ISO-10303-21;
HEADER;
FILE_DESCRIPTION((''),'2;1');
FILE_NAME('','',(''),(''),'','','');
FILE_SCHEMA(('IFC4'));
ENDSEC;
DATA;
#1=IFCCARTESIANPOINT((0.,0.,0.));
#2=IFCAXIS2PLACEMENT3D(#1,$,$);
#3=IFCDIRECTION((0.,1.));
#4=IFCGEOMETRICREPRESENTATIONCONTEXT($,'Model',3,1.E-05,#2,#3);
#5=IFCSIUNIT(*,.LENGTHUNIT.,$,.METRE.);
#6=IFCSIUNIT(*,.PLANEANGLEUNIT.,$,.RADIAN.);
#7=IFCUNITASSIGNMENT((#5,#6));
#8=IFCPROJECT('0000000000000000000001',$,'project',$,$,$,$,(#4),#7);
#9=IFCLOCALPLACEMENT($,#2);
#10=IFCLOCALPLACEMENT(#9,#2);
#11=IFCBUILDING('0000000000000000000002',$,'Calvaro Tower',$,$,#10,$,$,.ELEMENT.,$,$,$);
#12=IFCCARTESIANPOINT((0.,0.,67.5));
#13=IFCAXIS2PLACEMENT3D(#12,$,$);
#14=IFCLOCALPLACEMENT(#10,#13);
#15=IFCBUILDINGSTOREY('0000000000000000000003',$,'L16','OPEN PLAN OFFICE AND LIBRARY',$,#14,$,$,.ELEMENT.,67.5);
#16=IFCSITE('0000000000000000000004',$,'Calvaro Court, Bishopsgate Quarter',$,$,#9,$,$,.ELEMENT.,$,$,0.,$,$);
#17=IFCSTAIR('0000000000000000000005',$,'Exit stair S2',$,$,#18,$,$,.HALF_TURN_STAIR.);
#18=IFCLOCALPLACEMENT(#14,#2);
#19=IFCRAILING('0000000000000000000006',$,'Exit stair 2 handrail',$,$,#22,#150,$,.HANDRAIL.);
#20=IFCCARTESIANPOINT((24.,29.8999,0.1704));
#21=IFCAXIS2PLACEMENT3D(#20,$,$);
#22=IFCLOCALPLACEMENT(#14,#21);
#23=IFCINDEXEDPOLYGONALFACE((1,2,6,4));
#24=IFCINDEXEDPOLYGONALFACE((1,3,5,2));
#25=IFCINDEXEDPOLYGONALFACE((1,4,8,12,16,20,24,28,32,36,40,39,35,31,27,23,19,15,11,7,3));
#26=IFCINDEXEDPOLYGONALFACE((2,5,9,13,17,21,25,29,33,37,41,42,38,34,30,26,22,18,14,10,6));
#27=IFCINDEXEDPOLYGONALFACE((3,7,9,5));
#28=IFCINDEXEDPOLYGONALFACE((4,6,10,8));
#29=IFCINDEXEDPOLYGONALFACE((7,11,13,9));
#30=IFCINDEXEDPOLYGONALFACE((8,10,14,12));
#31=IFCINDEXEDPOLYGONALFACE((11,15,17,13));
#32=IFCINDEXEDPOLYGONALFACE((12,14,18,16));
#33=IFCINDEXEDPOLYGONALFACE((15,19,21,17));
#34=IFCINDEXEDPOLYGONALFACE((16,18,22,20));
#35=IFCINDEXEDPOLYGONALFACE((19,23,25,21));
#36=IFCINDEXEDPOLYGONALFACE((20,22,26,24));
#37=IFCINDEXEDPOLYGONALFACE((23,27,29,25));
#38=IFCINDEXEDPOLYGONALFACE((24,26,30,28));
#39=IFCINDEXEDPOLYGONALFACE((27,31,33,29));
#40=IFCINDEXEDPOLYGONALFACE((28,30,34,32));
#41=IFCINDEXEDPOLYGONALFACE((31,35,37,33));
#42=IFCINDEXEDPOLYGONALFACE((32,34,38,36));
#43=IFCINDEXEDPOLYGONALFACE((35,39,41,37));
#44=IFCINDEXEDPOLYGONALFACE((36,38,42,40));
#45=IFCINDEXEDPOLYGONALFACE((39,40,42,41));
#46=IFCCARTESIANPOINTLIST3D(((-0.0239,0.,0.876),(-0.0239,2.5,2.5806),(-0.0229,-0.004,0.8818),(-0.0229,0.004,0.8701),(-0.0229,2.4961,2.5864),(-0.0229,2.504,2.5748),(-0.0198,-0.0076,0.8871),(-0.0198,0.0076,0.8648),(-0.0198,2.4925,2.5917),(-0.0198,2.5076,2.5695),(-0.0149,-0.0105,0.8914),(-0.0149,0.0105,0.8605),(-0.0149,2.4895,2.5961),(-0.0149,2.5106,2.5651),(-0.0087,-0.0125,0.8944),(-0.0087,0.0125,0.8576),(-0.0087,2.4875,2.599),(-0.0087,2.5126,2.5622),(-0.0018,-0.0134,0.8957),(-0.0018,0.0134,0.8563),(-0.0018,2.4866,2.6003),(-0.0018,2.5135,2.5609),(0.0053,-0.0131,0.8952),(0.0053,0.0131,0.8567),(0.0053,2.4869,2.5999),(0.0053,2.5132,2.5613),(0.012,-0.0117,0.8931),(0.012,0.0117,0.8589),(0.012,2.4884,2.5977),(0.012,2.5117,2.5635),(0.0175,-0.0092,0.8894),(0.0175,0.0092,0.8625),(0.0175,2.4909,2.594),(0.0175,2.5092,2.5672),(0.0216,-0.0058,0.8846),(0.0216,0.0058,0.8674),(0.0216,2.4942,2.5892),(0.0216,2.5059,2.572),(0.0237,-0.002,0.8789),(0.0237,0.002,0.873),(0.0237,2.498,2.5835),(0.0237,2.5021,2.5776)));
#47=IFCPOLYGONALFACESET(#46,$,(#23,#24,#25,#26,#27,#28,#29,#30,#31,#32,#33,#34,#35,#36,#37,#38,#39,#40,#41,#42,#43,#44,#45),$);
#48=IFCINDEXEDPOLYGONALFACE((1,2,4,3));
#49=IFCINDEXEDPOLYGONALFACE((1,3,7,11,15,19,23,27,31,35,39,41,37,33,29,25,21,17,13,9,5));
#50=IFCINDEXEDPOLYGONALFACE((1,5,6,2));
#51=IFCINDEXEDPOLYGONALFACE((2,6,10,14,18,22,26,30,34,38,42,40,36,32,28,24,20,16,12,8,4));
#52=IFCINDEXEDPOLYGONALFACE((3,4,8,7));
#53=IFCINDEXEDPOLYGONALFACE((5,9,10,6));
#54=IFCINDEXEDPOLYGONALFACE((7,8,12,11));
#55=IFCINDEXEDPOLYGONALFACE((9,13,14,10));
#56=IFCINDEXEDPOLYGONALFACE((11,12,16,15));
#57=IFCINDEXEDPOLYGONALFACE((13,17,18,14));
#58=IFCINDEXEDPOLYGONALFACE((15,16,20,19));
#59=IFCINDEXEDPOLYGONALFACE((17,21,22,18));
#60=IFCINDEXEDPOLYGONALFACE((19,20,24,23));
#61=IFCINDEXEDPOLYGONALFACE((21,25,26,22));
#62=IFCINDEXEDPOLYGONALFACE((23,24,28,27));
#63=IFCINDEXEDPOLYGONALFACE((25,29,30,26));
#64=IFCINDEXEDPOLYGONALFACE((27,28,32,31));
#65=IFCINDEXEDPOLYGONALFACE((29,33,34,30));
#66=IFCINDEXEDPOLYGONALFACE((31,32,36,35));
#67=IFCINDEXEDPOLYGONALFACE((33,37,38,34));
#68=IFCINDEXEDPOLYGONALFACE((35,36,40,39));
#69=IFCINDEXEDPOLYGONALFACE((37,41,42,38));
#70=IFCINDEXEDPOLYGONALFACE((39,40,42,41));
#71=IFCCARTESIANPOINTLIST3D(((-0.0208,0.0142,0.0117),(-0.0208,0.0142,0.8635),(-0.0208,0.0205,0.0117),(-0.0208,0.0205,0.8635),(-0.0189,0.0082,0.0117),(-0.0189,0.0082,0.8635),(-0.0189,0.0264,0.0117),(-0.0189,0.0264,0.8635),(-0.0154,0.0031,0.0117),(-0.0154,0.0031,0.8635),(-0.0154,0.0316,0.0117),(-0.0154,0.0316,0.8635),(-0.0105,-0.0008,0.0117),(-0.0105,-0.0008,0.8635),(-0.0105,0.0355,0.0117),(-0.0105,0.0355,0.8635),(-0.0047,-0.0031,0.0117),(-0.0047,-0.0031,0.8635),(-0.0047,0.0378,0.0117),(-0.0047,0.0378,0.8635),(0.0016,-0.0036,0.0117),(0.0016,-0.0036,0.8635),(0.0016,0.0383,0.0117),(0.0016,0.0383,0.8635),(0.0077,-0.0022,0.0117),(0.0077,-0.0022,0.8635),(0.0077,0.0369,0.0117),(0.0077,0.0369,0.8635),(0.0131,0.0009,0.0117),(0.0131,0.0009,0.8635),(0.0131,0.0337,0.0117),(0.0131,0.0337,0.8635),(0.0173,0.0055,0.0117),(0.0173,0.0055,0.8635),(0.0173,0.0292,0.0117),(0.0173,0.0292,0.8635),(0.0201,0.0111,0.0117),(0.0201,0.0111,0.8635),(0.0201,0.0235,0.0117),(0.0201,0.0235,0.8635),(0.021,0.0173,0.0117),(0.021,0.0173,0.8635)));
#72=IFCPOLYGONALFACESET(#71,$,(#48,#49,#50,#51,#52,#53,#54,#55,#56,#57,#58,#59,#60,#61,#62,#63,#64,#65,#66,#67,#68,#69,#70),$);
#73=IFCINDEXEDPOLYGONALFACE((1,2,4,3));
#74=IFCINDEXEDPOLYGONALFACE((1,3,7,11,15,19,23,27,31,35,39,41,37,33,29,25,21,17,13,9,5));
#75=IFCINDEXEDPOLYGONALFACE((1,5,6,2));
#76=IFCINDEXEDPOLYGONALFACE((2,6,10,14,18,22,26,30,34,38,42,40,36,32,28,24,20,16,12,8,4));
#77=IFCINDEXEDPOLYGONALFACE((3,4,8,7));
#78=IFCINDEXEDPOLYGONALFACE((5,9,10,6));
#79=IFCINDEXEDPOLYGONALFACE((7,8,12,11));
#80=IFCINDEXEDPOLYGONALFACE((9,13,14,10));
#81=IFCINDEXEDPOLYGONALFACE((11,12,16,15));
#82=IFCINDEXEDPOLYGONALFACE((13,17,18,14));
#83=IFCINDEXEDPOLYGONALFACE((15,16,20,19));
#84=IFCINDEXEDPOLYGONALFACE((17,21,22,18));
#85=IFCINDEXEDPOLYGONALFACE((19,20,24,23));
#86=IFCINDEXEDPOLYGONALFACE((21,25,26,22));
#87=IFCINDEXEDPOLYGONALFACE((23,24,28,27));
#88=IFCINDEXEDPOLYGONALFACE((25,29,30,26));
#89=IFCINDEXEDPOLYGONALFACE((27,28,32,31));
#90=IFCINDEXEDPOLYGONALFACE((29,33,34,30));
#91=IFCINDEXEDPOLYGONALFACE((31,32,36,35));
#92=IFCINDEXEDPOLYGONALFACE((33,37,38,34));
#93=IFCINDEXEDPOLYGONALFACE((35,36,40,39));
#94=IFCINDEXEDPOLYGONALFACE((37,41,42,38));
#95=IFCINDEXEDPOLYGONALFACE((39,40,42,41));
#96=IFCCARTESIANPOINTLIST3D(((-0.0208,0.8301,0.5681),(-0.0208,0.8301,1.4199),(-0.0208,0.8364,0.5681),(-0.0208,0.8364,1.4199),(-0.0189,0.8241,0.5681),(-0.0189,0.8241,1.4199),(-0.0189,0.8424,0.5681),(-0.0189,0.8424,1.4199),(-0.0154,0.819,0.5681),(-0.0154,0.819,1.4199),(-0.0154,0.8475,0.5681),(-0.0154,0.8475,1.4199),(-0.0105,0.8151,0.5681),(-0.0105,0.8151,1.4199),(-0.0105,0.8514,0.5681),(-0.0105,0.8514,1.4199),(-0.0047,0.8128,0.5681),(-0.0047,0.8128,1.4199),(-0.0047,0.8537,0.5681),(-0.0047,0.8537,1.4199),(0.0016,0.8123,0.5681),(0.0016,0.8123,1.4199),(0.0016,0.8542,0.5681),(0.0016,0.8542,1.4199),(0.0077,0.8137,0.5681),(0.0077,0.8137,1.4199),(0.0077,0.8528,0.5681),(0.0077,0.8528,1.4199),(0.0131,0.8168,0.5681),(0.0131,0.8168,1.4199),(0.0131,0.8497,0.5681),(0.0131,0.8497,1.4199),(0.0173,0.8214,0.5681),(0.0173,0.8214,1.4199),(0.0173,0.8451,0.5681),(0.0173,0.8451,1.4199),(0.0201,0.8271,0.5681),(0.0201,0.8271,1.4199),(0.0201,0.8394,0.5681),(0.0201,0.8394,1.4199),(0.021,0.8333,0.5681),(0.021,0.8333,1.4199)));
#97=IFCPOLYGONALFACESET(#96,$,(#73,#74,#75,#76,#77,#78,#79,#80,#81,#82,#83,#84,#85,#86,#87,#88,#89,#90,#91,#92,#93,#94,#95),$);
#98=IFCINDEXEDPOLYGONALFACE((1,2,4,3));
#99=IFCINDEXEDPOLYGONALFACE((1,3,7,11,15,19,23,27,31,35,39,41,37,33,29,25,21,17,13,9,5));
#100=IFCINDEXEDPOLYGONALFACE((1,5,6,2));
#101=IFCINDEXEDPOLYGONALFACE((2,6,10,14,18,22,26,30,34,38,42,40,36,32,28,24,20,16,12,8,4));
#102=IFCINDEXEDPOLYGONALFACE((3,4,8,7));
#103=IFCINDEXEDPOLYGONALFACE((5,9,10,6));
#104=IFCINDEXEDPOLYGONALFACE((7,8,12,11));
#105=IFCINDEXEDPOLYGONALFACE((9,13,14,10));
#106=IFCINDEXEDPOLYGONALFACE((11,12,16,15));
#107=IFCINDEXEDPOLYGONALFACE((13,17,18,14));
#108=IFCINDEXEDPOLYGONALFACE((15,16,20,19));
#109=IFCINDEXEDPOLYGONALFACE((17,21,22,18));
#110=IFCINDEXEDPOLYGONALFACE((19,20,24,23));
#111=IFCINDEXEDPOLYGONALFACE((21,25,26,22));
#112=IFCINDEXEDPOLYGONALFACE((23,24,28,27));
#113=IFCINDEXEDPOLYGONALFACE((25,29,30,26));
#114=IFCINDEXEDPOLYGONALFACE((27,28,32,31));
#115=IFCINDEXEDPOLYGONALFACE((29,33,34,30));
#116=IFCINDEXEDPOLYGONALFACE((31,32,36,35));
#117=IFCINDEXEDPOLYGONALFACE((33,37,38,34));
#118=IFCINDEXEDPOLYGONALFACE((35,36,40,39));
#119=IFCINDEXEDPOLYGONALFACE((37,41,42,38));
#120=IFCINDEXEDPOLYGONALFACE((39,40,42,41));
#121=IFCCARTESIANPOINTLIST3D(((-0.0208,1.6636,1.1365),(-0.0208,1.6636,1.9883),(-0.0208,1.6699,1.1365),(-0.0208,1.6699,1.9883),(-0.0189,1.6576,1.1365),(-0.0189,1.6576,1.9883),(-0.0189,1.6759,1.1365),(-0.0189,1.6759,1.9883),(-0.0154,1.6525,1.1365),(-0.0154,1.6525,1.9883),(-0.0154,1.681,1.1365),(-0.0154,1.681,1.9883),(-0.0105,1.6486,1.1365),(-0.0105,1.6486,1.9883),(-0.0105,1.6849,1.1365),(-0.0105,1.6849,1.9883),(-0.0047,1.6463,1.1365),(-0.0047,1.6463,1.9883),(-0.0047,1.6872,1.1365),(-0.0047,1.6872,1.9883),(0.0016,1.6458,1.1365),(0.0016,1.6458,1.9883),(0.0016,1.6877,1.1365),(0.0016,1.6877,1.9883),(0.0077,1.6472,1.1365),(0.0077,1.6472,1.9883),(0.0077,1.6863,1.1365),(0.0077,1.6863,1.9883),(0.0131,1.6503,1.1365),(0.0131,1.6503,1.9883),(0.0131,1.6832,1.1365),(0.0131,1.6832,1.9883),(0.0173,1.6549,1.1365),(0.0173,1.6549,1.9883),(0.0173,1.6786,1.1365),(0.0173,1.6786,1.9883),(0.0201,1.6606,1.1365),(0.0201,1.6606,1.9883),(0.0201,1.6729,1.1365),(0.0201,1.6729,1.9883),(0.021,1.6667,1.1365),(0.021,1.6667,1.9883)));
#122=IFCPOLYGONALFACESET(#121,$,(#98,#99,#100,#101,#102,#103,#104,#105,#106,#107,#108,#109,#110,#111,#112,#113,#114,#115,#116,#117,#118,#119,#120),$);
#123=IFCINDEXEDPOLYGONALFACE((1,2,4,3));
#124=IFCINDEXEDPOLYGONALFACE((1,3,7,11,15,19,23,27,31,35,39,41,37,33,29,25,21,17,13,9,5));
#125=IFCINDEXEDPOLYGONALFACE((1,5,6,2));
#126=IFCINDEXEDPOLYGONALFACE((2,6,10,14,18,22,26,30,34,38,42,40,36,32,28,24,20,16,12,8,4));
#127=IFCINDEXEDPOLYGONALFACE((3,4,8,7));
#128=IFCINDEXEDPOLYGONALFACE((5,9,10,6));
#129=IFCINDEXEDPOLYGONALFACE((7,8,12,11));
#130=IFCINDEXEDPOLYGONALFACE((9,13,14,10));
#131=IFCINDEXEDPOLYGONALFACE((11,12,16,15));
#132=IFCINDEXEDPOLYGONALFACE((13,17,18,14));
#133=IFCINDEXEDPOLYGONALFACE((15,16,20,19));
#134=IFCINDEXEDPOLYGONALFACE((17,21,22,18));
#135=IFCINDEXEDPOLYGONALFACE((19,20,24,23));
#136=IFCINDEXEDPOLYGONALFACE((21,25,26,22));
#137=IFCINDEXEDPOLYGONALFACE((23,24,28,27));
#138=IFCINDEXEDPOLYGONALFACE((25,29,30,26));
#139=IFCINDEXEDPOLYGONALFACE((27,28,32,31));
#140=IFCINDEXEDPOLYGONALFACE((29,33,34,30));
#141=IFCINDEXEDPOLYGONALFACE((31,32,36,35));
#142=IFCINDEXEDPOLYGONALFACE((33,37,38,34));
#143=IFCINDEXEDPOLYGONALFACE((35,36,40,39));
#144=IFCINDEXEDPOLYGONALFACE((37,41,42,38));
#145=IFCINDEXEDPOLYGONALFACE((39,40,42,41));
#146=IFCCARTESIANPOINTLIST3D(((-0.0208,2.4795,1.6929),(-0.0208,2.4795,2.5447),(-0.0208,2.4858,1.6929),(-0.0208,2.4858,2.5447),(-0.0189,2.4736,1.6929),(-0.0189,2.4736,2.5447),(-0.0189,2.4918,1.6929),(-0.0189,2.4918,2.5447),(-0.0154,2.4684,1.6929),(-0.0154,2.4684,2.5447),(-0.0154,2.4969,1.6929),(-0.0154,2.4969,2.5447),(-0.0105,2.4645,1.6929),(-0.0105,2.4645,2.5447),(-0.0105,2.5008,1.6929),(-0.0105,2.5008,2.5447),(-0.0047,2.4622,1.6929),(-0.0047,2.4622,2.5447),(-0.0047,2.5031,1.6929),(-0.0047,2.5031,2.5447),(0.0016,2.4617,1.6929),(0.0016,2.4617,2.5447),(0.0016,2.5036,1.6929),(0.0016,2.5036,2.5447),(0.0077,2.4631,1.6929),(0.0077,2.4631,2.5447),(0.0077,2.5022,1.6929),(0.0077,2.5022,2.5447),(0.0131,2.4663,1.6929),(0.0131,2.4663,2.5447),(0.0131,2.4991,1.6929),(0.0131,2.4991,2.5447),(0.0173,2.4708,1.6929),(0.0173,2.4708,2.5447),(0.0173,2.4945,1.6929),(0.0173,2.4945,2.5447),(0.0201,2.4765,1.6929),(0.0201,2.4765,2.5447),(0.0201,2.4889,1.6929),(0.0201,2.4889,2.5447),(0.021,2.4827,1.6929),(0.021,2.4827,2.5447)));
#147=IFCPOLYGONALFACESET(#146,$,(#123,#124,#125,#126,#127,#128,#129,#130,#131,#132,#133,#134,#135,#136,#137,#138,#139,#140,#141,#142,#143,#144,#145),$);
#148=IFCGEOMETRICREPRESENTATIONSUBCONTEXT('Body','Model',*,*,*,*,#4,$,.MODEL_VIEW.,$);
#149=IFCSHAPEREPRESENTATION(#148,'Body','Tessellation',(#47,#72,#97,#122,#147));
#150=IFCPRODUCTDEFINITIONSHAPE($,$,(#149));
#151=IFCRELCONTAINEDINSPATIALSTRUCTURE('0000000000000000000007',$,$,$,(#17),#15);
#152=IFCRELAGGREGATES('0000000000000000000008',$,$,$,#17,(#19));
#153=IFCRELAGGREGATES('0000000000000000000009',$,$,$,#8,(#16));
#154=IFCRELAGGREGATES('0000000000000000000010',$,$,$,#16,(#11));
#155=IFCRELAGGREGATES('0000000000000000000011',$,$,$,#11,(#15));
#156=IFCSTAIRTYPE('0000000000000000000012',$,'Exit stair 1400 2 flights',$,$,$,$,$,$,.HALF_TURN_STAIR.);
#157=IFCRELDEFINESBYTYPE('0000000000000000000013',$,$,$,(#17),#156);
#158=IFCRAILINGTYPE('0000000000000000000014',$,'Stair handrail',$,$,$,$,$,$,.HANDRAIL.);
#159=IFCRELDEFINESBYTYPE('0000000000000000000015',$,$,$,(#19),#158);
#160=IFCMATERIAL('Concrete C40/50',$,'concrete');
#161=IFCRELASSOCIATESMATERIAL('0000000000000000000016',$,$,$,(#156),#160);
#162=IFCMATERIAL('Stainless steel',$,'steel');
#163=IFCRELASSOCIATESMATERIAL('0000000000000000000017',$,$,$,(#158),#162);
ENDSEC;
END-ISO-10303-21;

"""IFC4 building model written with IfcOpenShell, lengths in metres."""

from ifc_helpers import new_model, si_unit, direction, frame, origin, origin_2d, place, context, subcontext, project, spatial, circle, extrude, material, type_object, element, aggregate, save


model = new_model("IFC4")

# Units and contexts
model_context = context("Model", 3, precision=1e-05, world=origin(), true_north=direction((0.0, 1.0)))
body_context = subcontext(model_context, "Body", "Model", "MODEL_VIEW")
ifc_project = project(units=[si_unit("LENGTHUNIT", "METRE"), si_unit("PLANEANGLEUNIT", "RADIAN")], contexts=[model_context])

# Site, building, storey
site_placement = place(None, origin())
site = spatial("IfcSite", under=ifc_project, at=site_placement, Name="Calvaro Court, Bishopsgate Quarter", CompositionType="ELEMENT", RefElevation=0.0)
building_placement = place(site_placement, origin())
building = spatial("IfcBuilding", under=site, at=building_placement, Name="Calvaro Tower", CompositionType="ELEMENT")
storey_placement = place(building_placement, frame((0.0, 0.0, 67.5)))
storey = spatial("IfcBuildingStorey", under=building, at=storey_placement, Name="L16", Description="OPEN PLAN OFFICE AND LIBRARY", CompositionType="ELEMENT", Elevation=67.5)

# Stair, railing
ifc_material_1 = material(Name="Concrete C40/50", Category="concrete")
stair_type = type_object("IfcStairType", Name="Exit stair 1400 2 flights", PredefinedType="HALF_TURN_STAIR", material=ifc_material_1)
stair_placement = place(storey_placement, origin())
stair = element("IfcStair", 1, at=stair_placement, inside=storey, type_object=stair_type, Name="Exit stair S2", PredefinedType="HALF_TURN_STAIR")
ifc_material_2 = material(Name="Stainless steel", Category="steel")
railing_type = type_object("IfcRailingType", Name="Stair handrail", PredefinedType="HANDRAIL", material=ifc_material_2)
railing_placement = place(storey_placement, frame((24.0, 29.8999, 0.1704)))
railing = element("IfcRailing", 2, at=railing_placement, type_object=railing_type, Name="Exit stair 2 handrail", PredefinedType="HANDRAIL", context=body_context, shape_type="SweptSolid", body=[
    extrude(circle(Radius=0.0239, at=origin_2d()), frame((0.0, 0.0, 0.876), z_axis=(0.0, 0.826221, 0.563347), x_axis=(-1.0, 0.0, 0.0)), (0.0, 0.0, 1.0), 3.0259),
    extrude(circle(Radius=0.021, at=origin_2d()), frame((0.0, 0.0173, 0.0117)), (0.0, 0.0, 1.0), 0.8518),
    extrude(circle(Radius=0.021, at=origin_2d()), frame((0.0, 0.8333, 0.5681)), (0.0, 0.0, 1.0), 0.8518),
    extrude(circle(Radius=0.021, at=origin_2d()), frame((0.0, 1.6667, 1.1365)), (0.0, 0.0, 1.0), 0.8518),
    extrude(circle(Radius=0.021, at=origin_2d()), frame((0.0, 2.4827, 1.6929)), (0.0, 0.0, 1.0), 0.8518),
])
aggregate(stair, [railing])

save(model, "model.ifc")
